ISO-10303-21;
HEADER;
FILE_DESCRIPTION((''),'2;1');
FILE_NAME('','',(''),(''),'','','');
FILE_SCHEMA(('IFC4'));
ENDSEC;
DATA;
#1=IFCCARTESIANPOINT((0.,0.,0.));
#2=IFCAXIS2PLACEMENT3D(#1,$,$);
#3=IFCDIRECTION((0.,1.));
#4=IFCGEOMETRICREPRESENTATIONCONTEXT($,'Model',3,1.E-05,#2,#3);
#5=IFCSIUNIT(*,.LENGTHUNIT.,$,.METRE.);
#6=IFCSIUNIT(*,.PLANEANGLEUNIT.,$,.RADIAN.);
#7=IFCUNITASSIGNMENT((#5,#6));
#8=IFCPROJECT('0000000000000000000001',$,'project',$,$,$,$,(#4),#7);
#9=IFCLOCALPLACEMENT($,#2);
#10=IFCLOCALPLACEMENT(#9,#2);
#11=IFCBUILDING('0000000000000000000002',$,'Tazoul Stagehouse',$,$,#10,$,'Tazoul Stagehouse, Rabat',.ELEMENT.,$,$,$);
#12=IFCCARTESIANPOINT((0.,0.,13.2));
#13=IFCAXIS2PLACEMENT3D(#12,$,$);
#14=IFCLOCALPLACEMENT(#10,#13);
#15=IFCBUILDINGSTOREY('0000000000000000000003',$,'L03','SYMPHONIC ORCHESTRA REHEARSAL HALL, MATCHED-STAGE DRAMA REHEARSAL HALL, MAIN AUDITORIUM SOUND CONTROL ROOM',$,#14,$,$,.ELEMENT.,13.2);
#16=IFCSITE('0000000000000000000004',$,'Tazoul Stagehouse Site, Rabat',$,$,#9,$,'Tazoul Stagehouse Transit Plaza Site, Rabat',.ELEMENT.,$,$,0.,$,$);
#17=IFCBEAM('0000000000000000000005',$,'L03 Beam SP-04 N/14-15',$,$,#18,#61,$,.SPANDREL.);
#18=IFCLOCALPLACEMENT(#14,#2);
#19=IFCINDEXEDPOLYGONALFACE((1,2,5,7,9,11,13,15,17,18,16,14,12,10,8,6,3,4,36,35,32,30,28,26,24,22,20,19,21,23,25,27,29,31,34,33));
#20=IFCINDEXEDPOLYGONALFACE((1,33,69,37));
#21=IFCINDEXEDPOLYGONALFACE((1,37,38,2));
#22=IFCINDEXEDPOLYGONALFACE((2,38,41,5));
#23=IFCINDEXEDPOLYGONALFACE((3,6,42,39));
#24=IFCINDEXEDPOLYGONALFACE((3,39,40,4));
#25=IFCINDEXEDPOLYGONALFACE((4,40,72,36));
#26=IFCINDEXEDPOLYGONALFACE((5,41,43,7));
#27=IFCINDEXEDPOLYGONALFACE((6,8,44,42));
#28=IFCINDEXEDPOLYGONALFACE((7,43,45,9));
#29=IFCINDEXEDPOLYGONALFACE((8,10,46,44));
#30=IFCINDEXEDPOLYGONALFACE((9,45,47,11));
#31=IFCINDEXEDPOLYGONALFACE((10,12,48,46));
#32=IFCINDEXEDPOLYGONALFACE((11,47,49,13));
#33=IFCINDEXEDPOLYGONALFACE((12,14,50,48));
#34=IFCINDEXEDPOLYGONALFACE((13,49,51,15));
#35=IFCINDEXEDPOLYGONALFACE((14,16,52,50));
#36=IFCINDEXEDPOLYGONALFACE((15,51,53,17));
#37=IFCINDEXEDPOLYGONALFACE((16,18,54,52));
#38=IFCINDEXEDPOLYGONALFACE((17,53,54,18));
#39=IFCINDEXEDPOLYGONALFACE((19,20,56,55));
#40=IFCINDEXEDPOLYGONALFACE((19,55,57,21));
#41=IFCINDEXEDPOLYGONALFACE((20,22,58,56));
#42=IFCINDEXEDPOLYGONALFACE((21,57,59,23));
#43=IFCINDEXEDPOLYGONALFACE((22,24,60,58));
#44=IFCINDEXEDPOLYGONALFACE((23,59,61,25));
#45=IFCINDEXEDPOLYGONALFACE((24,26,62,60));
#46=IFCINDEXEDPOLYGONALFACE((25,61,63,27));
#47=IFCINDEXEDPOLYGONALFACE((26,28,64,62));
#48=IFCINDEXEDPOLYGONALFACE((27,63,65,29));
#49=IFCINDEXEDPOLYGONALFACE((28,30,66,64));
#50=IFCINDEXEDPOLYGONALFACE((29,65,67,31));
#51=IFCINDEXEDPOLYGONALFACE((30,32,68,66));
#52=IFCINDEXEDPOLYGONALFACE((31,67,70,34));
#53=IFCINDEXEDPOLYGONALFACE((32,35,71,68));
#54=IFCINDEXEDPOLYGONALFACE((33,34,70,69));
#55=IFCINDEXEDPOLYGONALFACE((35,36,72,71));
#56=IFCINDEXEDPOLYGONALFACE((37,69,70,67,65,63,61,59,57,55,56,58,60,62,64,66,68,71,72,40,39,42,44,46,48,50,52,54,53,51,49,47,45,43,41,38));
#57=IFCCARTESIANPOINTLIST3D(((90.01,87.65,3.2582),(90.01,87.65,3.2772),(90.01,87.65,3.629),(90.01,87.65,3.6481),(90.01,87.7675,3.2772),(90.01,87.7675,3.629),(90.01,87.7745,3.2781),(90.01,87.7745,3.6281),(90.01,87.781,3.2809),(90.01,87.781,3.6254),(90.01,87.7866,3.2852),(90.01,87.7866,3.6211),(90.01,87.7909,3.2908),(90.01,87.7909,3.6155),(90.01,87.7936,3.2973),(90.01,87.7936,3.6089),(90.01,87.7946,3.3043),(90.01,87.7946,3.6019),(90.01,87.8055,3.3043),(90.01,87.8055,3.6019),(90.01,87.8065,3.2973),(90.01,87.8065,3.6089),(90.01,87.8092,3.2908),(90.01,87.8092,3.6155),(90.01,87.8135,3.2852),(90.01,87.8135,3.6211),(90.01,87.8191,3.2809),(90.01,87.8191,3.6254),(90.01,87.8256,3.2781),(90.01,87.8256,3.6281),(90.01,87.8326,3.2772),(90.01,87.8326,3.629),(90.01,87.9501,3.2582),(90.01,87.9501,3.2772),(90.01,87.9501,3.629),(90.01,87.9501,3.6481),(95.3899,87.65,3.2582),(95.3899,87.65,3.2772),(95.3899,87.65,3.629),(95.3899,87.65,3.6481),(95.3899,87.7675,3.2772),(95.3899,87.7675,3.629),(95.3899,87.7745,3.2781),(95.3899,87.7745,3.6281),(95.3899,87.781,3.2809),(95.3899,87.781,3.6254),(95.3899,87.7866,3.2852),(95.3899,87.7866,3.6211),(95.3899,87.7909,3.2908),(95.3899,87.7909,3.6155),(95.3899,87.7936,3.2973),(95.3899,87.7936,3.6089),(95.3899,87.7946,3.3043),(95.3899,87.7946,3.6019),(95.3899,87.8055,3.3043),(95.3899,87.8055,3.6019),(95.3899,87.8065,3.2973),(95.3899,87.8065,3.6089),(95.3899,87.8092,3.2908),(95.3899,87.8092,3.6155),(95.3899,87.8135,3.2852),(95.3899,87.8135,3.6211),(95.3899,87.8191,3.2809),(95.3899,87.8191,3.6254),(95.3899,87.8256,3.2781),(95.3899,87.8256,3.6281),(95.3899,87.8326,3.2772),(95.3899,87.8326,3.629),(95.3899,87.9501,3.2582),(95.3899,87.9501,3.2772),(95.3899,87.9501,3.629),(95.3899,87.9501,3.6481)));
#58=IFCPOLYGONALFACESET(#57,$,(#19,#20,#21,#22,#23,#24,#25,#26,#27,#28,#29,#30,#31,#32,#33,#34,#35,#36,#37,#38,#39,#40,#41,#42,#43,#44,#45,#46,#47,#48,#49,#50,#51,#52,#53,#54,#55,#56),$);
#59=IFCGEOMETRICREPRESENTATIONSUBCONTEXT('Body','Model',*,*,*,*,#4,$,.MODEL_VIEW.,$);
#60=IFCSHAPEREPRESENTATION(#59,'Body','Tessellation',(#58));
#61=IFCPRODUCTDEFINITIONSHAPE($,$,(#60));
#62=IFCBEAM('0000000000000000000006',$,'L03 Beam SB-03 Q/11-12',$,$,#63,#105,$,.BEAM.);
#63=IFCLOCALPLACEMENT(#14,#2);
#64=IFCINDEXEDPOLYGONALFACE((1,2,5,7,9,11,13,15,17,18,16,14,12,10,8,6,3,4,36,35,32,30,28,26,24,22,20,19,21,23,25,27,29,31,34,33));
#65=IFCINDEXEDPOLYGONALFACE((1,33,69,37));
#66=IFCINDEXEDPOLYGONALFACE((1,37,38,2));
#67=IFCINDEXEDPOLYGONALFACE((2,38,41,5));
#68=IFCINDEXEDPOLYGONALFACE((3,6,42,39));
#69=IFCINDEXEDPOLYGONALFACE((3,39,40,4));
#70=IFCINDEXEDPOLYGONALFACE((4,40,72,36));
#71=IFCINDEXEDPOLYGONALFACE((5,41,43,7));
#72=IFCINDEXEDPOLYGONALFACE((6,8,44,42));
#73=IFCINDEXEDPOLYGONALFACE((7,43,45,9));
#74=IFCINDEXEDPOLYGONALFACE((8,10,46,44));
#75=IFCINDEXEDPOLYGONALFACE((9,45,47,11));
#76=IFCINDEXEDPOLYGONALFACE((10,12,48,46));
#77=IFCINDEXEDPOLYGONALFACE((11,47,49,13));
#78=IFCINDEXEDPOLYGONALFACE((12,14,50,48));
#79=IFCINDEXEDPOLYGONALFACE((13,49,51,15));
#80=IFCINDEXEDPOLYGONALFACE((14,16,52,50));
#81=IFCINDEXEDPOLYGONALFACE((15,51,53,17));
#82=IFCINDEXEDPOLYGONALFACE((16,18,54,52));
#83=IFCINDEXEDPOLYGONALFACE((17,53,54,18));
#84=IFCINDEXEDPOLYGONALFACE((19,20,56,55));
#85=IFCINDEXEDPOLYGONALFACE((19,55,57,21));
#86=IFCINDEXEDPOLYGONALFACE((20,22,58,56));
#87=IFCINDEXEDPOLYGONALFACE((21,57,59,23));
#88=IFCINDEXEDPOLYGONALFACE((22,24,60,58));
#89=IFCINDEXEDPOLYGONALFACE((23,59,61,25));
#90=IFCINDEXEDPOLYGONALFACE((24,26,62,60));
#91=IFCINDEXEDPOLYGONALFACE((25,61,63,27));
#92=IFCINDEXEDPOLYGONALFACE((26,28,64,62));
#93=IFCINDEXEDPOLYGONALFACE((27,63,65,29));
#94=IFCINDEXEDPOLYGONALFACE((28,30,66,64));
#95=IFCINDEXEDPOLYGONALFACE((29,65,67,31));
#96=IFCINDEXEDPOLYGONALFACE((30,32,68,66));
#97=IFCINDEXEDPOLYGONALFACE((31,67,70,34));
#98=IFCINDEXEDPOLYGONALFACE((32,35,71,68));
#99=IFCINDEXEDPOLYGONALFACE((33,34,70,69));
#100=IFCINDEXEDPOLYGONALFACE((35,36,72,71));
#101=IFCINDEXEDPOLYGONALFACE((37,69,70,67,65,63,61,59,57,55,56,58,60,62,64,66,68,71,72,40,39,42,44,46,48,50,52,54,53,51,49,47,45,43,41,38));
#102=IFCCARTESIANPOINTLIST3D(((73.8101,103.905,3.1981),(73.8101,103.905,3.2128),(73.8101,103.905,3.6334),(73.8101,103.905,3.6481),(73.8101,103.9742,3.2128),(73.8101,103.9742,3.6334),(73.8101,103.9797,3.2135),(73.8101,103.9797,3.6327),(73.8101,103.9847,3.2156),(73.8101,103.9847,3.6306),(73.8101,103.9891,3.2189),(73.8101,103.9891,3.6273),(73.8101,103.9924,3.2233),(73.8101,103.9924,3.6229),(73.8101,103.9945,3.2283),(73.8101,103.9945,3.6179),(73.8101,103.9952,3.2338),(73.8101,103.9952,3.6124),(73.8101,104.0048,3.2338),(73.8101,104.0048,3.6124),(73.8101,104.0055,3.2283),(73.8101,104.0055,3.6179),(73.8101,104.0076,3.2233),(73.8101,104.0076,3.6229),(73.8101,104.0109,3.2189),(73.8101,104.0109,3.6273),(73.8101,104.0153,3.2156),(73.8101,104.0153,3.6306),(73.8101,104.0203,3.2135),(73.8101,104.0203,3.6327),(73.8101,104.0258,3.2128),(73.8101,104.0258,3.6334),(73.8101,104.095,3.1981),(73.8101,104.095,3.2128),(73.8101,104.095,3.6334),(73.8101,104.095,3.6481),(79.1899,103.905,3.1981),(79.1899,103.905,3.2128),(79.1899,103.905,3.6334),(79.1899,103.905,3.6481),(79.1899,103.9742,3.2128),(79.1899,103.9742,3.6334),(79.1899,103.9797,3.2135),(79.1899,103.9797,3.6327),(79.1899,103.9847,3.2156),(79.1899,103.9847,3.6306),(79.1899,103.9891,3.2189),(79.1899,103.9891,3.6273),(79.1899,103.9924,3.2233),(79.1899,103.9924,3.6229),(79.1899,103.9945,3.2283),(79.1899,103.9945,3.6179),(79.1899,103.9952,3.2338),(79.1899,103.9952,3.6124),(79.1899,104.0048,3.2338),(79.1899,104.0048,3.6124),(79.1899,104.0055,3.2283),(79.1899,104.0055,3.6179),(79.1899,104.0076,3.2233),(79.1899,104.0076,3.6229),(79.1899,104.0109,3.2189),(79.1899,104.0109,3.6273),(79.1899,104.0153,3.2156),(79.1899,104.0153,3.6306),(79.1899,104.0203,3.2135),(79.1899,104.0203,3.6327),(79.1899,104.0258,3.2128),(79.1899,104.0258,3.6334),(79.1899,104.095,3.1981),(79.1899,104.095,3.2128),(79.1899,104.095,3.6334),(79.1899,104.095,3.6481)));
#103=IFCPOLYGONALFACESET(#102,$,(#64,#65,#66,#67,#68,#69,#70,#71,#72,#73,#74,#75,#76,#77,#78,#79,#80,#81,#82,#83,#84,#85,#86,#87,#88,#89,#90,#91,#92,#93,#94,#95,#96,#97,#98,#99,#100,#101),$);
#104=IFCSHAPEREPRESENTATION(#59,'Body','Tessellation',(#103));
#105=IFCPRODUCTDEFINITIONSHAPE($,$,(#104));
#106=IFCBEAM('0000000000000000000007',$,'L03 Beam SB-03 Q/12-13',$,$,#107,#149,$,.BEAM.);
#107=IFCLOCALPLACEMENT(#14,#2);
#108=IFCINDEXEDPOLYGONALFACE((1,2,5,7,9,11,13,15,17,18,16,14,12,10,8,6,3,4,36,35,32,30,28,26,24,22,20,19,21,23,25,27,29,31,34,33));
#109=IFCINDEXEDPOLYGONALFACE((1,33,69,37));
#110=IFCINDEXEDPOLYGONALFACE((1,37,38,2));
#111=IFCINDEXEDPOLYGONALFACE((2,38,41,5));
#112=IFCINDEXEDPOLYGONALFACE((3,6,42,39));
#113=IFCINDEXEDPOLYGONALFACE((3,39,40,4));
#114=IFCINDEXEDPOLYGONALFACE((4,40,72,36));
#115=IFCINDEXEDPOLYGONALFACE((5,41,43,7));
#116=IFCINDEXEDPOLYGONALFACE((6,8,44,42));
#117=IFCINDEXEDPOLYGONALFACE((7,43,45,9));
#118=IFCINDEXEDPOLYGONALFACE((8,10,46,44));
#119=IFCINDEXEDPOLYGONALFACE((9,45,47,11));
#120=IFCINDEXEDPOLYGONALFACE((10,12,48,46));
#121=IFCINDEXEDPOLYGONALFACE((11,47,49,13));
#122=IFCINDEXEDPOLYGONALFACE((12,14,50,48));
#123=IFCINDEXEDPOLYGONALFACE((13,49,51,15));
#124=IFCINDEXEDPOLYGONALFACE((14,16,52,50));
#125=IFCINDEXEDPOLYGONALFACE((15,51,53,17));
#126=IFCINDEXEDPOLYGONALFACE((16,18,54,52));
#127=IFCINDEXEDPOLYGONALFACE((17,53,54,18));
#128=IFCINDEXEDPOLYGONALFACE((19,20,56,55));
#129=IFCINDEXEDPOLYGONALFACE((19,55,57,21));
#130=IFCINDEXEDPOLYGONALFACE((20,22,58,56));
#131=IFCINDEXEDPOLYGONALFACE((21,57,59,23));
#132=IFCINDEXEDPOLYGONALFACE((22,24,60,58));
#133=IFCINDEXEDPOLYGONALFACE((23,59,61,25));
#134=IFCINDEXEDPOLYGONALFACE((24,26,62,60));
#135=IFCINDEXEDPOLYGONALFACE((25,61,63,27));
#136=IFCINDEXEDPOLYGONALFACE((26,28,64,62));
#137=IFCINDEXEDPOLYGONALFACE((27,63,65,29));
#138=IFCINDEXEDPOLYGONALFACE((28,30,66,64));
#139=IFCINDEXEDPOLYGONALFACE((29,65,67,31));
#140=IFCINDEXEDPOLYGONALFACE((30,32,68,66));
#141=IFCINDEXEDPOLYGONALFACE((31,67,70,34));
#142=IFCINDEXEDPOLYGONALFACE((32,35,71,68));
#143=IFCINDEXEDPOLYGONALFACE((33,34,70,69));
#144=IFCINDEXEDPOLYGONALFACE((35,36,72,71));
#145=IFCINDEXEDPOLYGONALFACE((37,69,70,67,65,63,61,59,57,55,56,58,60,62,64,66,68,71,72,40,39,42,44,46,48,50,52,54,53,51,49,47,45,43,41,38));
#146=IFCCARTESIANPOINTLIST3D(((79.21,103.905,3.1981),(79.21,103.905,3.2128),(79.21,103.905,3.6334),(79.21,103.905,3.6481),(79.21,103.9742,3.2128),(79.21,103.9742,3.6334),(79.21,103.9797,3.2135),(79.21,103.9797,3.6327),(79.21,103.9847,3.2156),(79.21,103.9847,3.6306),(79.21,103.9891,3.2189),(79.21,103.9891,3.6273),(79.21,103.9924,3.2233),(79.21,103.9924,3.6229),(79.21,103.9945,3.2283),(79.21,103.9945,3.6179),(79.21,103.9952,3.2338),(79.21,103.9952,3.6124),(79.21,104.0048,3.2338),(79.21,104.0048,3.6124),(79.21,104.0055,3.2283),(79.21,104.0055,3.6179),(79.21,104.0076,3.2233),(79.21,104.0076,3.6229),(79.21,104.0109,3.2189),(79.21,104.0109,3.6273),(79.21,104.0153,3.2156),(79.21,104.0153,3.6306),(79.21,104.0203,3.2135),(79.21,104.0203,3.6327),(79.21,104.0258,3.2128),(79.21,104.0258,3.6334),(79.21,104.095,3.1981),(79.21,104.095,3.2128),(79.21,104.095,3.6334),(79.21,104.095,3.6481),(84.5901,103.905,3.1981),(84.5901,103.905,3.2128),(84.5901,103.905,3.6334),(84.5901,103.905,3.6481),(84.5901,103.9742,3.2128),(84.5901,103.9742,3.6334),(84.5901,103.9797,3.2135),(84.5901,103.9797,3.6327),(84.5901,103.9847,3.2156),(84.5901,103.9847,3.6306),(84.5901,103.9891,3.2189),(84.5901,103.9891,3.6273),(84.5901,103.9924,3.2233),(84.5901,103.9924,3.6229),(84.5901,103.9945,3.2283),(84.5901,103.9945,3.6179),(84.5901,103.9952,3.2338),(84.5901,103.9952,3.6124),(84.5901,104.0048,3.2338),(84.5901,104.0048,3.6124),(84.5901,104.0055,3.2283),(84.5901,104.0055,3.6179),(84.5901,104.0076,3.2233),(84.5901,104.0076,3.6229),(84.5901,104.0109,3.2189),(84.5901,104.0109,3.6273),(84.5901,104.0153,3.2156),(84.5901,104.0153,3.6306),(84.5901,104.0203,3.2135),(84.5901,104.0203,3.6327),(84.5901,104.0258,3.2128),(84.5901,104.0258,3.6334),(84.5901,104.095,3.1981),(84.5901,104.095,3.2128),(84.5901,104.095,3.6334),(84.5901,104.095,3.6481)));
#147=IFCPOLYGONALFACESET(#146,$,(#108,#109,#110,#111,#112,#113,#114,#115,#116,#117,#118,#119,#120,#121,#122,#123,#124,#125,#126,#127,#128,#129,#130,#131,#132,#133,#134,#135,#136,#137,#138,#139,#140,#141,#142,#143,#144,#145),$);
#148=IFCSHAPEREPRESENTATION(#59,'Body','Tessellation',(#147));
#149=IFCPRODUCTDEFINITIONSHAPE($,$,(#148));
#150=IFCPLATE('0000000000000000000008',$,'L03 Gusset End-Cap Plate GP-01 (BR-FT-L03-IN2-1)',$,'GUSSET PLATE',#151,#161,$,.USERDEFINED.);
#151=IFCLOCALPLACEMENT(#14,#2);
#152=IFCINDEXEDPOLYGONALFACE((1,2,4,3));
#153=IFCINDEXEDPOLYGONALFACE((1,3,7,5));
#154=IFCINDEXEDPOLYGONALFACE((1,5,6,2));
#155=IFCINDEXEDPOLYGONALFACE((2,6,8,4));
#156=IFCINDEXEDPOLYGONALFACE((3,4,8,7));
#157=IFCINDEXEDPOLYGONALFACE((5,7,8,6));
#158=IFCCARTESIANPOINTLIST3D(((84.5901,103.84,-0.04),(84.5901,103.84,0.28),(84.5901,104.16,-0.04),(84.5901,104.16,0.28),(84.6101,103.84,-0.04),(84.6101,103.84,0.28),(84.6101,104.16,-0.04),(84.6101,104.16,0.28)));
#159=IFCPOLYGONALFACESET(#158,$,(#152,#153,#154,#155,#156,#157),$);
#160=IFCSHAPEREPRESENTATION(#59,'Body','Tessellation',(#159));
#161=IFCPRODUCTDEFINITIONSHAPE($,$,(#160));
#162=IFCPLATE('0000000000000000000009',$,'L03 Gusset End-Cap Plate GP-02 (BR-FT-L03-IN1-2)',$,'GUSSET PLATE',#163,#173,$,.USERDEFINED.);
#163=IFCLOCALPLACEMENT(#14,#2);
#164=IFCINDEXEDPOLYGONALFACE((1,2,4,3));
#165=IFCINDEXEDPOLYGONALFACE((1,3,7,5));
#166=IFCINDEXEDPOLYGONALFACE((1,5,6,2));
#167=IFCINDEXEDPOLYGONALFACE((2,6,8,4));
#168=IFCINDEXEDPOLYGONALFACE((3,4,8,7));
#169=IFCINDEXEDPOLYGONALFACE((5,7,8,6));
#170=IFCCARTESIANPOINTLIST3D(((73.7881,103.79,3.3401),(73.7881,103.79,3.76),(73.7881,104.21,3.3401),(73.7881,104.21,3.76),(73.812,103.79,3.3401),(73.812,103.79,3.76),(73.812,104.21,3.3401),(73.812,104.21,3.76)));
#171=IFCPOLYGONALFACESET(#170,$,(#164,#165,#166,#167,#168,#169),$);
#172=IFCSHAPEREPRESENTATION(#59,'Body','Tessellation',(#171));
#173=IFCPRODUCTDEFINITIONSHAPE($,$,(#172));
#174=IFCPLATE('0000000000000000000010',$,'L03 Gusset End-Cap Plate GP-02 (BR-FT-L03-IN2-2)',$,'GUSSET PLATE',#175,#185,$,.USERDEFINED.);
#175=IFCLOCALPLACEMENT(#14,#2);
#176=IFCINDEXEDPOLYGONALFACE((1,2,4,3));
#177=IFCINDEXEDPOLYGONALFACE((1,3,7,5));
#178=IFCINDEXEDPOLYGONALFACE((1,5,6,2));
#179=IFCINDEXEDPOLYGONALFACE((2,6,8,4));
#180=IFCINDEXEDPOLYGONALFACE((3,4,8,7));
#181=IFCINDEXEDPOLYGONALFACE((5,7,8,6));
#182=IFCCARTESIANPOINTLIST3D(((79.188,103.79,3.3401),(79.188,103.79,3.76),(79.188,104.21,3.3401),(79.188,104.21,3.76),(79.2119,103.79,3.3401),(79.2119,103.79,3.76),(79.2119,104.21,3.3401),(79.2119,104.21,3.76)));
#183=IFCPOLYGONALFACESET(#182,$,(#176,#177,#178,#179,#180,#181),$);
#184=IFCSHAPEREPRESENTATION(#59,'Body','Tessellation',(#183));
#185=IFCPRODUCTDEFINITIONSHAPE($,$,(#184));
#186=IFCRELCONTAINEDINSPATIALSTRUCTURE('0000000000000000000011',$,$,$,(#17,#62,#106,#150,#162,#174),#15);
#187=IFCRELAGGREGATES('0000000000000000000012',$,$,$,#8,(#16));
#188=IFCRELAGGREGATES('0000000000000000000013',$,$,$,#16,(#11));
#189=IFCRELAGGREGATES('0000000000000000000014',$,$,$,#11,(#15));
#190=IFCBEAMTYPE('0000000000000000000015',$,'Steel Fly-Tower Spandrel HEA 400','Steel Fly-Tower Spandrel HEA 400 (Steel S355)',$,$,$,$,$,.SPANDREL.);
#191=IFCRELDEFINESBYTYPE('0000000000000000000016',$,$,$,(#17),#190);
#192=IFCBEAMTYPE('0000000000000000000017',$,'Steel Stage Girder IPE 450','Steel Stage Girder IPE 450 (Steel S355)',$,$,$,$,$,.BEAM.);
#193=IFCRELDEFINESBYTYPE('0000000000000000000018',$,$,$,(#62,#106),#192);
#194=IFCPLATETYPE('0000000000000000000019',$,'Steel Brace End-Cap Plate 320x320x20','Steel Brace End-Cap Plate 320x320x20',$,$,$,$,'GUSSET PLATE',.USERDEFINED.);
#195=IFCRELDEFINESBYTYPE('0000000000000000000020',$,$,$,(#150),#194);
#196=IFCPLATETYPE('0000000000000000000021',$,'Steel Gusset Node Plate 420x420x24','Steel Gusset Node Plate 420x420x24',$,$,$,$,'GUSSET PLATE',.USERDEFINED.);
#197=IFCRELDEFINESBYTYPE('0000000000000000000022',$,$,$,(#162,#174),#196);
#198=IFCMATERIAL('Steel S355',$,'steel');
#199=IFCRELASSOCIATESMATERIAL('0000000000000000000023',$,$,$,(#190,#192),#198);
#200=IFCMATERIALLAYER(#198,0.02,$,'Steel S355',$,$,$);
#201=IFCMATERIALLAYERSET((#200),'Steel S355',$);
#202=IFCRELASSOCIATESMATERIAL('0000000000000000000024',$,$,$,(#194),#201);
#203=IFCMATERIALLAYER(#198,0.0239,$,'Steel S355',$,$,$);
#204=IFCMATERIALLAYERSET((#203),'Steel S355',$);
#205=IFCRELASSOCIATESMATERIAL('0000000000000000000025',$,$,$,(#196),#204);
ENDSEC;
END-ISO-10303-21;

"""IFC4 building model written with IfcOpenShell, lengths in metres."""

from ifc_helpers import new_model, si_unit, direction, frame, origin, origin_2d, place, context, subcontext, project, spatial, rectangle, i_section, extrude, material, layer, layer_set, material_profile, profile_set, type_object, element, save


model = new_model("IFC4")

# Units and contexts
model_context = context("Model", 3, precision=1e-05, world=origin(), true_north=direction((0.0, 1.0)))
body_context = subcontext(model_context, "Body", "Model", "MODEL_VIEW")
ifc_project = project(units=[si_unit("LENGTHUNIT", "METRE"), si_unit("PLANEANGLEUNIT", "RADIAN")], contexts=[model_context])

# Site, building, storey
site_placement = place(None, origin())
site = spatial("IfcSite", under=ifc_project, at=site_placement, Name="Tazoul Stagehouse Site, Rabat", LongName="Tazoul Stagehouse Transit Plaza Site, Rabat", CompositionType="ELEMENT", RefElevation=0.0)
building_placement = place(site_placement, origin())
building = spatial("IfcBuilding", under=site, at=building_placement, Name="Tazoul Stagehouse", LongName="Tazoul Stagehouse, Rabat", CompositionType="ELEMENT")
storey_placement = place(building_placement, frame((0.0, 0.0, 13.2)))
storey = spatial("IfcBuildingStorey", under=building, at=storey_placement, Name="L03", Description="SYMPHONIC ORCHESTRA REHEARSAL HALL, MATCHED-STAGE DRAMA REHEARSAL HALL, MAIN AUDITORIUM SOUND CONTROL ROOM", CompositionType="ELEMENT", Elevation=13.2)

# Shared definitions
ifc_material_1 = material(Name="Steel S355", Category="steel")

# Beams
ifc_material_profile_1 = material_profile(ifc_material_1, i_section(OverallWidth=0.3, OverallDepth=0.3899, WebThickness=0.011, FlangeThickness=0.019, FilletRadius=0.0271, at=origin_2d()), Name="HEA 400")
ifc_profile_set_1 = profile_set([ifc_material_profile_1], Name="Steel S355")
beam_type_1 = type_object("IfcBeamType", Name="Steel Fly-Tower Spandrel HEA 400", Description="Steel Fly-Tower Spandrel HEA 400 (Steel S355)", PredefinedType="SPANDREL", material=ifc_profile_set_1)
beam_1_placement = place(storey_placement, frame((90.01, 87.8, 3.4531), z_axis=(1.0, 0.0, 0.0), x_axis=(0.0, 1.0, 0.0)))
element("IfcBeam", 1, at=beam_1_placement, inside=storey, type_object=beam_type_1, Name="L03 Beam SP-04 N/14-15", PredefinedType="SPANDREL", context=body_context, shape_type="SweptSolid", body=[
    extrude(i_section(OverallWidth=0.3, OverallDepth=0.3899, WebThickness=0.011, FlangeThickness=0.019, FilletRadius=0.0271, at=origin_2d()), origin(), (0.0, 0.0, 1.0), 5.3799),
])
ifc_material_profile_2 = material_profile(ifc_material_1, i_section(OverallWidth=0.1899, OverallDepth=0.45, WebThickness=0.0095, FlangeThickness=0.0146, FilletRadius=0.021, at=origin_2d()), Name="IPE 450")
ifc_profile_set_2 = profile_set([ifc_material_profile_2], Name="Steel S355")
beam_type_2 = type_object("IfcBeamType", Name="Steel Stage Girder IPE 450", Description="Steel Stage Girder IPE 450 (Steel S355)", PredefinedType="BEAM", material=ifc_profile_set_2)
beam_2_placement = place(storey_placement, frame((73.8101, 104.0, 3.4231), z_axis=(1.0, 0.0, 0.0), x_axis=(0.0, 1.0, 0.0)))
element("IfcBeam", 2, at=beam_2_placement, inside=storey, type_object=beam_type_2, Name="L03 Beam SB-03 Q/11-12", PredefinedType="BEAM", context=body_context, shape_type="SweptSolid", body=[
    extrude(i_section(OverallWidth=0.1899, OverallDepth=0.45, WebThickness=0.0095, FlangeThickness=0.0146, FilletRadius=0.021, at=origin_2d()), origin(), (0.0, 0.0, 1.0), 5.3799),
])
beam_3_placement = place(storey_placement, frame((79.21, 104.0, 3.4231), z_axis=(1.0, 0.0, 0.0), x_axis=(0.0, 1.0, 0.0)))
element("IfcBeam", 3, at=beam_3_placement, inside=storey, type_object=beam_type_2, Name="L03 Beam SB-03 Q/12-13", PredefinedType="BEAM", context=body_context, shape_type="SweptSolid", body=[
    extrude(i_section(OverallWidth=0.1899, OverallDepth=0.45, WebThickness=0.0095, FlangeThickness=0.0146, FilletRadius=0.021, at=origin_2d()), origin(), (0.0, 0.0, 1.0), 5.3801),
])

# Plates
ifc_layer_1 = layer(ifc_material_1, 0.02, Name="Steel S355")
ifc_layer_set_1 = layer_set([ifc_layer_1], Name="Steel S355")
plate_type_1 = type_object("IfcPlateType", Name="Steel Brace End-Cap Plate 320x320x20", Description="Steel Brace End-Cap Plate 320x320x20", ElementType="GUSSET PLATE", PredefinedType="USERDEFINED", material=ifc_layer_set_1)
plate_placement = place(storey_placement, frame((84.6001, 104.0, -0.04), z_axis=(0.0, 0.0, 1.0), x_axis=(-1.0, 0.0, 0.0)))
element("IfcPlate", 4, at=plate_placement, inside=storey, type_object=plate_type_1, Name="L03 Gusset End-Cap Plate GP-01 (BR-FT-L03-IN2-1)", ObjectType="GUSSET PLATE", PredefinedType="USERDEFINED", context=body_context, shape_type="SweptSolid", body=[
    extrude(rectangle(XDim=0.02, YDim=0.3201, at=origin_2d()), origin(), (0.0, 0.0, 1.0), 0.3201),
])
ifc_layer_2 = layer(ifc_material_1, 0.0239, Name="Steel S355")
ifc_layer_set_2 = layer_set([ifc_layer_2], Name="Steel S355")
plate_type_2 = type_object("IfcPlateType", Name="Steel Gusset Node Plate 420x420x24", Description="Steel Gusset Node Plate 420x420x24", ElementType="GUSSET PLATE", PredefinedType="USERDEFINED", material=ifc_layer_set_2)
for number, where, z_axis, x_axis, name in (
    (5, (73.8, 104.0, 3.3401), (0.0, 0.0, 1.0), (1.0, 0.0, 0.0), "L03 Gusset End-Cap Plate GP-02 (BR-FT-L03-IN1-2)"),
    (6, (79.2, 104.0, 3.3401), (0.0, 0.0, 1.0), (-1.0, 0.0, 0.0), "L03 Gusset End-Cap Plate GP-02 (BR-FT-L03-IN2-2)"),
):
    element("IfcPlate", number, at=place(storey_placement, frame(where, z_axis=z_axis, x_axis=x_axis)), inside=storey, type_object=plate_type_2, Name=name, ObjectType="GUSSET PLATE", PredefinedType="USERDEFINED", context=body_context, shape_type="SweptSolid", body=[
        extrude(rectangle(XDim=0.0239, YDim=0.4199, at=origin_2d()), origin(), (0.0, 0.0, 1.0), 0.4199),
    ])

save(model, "model.ifc")
